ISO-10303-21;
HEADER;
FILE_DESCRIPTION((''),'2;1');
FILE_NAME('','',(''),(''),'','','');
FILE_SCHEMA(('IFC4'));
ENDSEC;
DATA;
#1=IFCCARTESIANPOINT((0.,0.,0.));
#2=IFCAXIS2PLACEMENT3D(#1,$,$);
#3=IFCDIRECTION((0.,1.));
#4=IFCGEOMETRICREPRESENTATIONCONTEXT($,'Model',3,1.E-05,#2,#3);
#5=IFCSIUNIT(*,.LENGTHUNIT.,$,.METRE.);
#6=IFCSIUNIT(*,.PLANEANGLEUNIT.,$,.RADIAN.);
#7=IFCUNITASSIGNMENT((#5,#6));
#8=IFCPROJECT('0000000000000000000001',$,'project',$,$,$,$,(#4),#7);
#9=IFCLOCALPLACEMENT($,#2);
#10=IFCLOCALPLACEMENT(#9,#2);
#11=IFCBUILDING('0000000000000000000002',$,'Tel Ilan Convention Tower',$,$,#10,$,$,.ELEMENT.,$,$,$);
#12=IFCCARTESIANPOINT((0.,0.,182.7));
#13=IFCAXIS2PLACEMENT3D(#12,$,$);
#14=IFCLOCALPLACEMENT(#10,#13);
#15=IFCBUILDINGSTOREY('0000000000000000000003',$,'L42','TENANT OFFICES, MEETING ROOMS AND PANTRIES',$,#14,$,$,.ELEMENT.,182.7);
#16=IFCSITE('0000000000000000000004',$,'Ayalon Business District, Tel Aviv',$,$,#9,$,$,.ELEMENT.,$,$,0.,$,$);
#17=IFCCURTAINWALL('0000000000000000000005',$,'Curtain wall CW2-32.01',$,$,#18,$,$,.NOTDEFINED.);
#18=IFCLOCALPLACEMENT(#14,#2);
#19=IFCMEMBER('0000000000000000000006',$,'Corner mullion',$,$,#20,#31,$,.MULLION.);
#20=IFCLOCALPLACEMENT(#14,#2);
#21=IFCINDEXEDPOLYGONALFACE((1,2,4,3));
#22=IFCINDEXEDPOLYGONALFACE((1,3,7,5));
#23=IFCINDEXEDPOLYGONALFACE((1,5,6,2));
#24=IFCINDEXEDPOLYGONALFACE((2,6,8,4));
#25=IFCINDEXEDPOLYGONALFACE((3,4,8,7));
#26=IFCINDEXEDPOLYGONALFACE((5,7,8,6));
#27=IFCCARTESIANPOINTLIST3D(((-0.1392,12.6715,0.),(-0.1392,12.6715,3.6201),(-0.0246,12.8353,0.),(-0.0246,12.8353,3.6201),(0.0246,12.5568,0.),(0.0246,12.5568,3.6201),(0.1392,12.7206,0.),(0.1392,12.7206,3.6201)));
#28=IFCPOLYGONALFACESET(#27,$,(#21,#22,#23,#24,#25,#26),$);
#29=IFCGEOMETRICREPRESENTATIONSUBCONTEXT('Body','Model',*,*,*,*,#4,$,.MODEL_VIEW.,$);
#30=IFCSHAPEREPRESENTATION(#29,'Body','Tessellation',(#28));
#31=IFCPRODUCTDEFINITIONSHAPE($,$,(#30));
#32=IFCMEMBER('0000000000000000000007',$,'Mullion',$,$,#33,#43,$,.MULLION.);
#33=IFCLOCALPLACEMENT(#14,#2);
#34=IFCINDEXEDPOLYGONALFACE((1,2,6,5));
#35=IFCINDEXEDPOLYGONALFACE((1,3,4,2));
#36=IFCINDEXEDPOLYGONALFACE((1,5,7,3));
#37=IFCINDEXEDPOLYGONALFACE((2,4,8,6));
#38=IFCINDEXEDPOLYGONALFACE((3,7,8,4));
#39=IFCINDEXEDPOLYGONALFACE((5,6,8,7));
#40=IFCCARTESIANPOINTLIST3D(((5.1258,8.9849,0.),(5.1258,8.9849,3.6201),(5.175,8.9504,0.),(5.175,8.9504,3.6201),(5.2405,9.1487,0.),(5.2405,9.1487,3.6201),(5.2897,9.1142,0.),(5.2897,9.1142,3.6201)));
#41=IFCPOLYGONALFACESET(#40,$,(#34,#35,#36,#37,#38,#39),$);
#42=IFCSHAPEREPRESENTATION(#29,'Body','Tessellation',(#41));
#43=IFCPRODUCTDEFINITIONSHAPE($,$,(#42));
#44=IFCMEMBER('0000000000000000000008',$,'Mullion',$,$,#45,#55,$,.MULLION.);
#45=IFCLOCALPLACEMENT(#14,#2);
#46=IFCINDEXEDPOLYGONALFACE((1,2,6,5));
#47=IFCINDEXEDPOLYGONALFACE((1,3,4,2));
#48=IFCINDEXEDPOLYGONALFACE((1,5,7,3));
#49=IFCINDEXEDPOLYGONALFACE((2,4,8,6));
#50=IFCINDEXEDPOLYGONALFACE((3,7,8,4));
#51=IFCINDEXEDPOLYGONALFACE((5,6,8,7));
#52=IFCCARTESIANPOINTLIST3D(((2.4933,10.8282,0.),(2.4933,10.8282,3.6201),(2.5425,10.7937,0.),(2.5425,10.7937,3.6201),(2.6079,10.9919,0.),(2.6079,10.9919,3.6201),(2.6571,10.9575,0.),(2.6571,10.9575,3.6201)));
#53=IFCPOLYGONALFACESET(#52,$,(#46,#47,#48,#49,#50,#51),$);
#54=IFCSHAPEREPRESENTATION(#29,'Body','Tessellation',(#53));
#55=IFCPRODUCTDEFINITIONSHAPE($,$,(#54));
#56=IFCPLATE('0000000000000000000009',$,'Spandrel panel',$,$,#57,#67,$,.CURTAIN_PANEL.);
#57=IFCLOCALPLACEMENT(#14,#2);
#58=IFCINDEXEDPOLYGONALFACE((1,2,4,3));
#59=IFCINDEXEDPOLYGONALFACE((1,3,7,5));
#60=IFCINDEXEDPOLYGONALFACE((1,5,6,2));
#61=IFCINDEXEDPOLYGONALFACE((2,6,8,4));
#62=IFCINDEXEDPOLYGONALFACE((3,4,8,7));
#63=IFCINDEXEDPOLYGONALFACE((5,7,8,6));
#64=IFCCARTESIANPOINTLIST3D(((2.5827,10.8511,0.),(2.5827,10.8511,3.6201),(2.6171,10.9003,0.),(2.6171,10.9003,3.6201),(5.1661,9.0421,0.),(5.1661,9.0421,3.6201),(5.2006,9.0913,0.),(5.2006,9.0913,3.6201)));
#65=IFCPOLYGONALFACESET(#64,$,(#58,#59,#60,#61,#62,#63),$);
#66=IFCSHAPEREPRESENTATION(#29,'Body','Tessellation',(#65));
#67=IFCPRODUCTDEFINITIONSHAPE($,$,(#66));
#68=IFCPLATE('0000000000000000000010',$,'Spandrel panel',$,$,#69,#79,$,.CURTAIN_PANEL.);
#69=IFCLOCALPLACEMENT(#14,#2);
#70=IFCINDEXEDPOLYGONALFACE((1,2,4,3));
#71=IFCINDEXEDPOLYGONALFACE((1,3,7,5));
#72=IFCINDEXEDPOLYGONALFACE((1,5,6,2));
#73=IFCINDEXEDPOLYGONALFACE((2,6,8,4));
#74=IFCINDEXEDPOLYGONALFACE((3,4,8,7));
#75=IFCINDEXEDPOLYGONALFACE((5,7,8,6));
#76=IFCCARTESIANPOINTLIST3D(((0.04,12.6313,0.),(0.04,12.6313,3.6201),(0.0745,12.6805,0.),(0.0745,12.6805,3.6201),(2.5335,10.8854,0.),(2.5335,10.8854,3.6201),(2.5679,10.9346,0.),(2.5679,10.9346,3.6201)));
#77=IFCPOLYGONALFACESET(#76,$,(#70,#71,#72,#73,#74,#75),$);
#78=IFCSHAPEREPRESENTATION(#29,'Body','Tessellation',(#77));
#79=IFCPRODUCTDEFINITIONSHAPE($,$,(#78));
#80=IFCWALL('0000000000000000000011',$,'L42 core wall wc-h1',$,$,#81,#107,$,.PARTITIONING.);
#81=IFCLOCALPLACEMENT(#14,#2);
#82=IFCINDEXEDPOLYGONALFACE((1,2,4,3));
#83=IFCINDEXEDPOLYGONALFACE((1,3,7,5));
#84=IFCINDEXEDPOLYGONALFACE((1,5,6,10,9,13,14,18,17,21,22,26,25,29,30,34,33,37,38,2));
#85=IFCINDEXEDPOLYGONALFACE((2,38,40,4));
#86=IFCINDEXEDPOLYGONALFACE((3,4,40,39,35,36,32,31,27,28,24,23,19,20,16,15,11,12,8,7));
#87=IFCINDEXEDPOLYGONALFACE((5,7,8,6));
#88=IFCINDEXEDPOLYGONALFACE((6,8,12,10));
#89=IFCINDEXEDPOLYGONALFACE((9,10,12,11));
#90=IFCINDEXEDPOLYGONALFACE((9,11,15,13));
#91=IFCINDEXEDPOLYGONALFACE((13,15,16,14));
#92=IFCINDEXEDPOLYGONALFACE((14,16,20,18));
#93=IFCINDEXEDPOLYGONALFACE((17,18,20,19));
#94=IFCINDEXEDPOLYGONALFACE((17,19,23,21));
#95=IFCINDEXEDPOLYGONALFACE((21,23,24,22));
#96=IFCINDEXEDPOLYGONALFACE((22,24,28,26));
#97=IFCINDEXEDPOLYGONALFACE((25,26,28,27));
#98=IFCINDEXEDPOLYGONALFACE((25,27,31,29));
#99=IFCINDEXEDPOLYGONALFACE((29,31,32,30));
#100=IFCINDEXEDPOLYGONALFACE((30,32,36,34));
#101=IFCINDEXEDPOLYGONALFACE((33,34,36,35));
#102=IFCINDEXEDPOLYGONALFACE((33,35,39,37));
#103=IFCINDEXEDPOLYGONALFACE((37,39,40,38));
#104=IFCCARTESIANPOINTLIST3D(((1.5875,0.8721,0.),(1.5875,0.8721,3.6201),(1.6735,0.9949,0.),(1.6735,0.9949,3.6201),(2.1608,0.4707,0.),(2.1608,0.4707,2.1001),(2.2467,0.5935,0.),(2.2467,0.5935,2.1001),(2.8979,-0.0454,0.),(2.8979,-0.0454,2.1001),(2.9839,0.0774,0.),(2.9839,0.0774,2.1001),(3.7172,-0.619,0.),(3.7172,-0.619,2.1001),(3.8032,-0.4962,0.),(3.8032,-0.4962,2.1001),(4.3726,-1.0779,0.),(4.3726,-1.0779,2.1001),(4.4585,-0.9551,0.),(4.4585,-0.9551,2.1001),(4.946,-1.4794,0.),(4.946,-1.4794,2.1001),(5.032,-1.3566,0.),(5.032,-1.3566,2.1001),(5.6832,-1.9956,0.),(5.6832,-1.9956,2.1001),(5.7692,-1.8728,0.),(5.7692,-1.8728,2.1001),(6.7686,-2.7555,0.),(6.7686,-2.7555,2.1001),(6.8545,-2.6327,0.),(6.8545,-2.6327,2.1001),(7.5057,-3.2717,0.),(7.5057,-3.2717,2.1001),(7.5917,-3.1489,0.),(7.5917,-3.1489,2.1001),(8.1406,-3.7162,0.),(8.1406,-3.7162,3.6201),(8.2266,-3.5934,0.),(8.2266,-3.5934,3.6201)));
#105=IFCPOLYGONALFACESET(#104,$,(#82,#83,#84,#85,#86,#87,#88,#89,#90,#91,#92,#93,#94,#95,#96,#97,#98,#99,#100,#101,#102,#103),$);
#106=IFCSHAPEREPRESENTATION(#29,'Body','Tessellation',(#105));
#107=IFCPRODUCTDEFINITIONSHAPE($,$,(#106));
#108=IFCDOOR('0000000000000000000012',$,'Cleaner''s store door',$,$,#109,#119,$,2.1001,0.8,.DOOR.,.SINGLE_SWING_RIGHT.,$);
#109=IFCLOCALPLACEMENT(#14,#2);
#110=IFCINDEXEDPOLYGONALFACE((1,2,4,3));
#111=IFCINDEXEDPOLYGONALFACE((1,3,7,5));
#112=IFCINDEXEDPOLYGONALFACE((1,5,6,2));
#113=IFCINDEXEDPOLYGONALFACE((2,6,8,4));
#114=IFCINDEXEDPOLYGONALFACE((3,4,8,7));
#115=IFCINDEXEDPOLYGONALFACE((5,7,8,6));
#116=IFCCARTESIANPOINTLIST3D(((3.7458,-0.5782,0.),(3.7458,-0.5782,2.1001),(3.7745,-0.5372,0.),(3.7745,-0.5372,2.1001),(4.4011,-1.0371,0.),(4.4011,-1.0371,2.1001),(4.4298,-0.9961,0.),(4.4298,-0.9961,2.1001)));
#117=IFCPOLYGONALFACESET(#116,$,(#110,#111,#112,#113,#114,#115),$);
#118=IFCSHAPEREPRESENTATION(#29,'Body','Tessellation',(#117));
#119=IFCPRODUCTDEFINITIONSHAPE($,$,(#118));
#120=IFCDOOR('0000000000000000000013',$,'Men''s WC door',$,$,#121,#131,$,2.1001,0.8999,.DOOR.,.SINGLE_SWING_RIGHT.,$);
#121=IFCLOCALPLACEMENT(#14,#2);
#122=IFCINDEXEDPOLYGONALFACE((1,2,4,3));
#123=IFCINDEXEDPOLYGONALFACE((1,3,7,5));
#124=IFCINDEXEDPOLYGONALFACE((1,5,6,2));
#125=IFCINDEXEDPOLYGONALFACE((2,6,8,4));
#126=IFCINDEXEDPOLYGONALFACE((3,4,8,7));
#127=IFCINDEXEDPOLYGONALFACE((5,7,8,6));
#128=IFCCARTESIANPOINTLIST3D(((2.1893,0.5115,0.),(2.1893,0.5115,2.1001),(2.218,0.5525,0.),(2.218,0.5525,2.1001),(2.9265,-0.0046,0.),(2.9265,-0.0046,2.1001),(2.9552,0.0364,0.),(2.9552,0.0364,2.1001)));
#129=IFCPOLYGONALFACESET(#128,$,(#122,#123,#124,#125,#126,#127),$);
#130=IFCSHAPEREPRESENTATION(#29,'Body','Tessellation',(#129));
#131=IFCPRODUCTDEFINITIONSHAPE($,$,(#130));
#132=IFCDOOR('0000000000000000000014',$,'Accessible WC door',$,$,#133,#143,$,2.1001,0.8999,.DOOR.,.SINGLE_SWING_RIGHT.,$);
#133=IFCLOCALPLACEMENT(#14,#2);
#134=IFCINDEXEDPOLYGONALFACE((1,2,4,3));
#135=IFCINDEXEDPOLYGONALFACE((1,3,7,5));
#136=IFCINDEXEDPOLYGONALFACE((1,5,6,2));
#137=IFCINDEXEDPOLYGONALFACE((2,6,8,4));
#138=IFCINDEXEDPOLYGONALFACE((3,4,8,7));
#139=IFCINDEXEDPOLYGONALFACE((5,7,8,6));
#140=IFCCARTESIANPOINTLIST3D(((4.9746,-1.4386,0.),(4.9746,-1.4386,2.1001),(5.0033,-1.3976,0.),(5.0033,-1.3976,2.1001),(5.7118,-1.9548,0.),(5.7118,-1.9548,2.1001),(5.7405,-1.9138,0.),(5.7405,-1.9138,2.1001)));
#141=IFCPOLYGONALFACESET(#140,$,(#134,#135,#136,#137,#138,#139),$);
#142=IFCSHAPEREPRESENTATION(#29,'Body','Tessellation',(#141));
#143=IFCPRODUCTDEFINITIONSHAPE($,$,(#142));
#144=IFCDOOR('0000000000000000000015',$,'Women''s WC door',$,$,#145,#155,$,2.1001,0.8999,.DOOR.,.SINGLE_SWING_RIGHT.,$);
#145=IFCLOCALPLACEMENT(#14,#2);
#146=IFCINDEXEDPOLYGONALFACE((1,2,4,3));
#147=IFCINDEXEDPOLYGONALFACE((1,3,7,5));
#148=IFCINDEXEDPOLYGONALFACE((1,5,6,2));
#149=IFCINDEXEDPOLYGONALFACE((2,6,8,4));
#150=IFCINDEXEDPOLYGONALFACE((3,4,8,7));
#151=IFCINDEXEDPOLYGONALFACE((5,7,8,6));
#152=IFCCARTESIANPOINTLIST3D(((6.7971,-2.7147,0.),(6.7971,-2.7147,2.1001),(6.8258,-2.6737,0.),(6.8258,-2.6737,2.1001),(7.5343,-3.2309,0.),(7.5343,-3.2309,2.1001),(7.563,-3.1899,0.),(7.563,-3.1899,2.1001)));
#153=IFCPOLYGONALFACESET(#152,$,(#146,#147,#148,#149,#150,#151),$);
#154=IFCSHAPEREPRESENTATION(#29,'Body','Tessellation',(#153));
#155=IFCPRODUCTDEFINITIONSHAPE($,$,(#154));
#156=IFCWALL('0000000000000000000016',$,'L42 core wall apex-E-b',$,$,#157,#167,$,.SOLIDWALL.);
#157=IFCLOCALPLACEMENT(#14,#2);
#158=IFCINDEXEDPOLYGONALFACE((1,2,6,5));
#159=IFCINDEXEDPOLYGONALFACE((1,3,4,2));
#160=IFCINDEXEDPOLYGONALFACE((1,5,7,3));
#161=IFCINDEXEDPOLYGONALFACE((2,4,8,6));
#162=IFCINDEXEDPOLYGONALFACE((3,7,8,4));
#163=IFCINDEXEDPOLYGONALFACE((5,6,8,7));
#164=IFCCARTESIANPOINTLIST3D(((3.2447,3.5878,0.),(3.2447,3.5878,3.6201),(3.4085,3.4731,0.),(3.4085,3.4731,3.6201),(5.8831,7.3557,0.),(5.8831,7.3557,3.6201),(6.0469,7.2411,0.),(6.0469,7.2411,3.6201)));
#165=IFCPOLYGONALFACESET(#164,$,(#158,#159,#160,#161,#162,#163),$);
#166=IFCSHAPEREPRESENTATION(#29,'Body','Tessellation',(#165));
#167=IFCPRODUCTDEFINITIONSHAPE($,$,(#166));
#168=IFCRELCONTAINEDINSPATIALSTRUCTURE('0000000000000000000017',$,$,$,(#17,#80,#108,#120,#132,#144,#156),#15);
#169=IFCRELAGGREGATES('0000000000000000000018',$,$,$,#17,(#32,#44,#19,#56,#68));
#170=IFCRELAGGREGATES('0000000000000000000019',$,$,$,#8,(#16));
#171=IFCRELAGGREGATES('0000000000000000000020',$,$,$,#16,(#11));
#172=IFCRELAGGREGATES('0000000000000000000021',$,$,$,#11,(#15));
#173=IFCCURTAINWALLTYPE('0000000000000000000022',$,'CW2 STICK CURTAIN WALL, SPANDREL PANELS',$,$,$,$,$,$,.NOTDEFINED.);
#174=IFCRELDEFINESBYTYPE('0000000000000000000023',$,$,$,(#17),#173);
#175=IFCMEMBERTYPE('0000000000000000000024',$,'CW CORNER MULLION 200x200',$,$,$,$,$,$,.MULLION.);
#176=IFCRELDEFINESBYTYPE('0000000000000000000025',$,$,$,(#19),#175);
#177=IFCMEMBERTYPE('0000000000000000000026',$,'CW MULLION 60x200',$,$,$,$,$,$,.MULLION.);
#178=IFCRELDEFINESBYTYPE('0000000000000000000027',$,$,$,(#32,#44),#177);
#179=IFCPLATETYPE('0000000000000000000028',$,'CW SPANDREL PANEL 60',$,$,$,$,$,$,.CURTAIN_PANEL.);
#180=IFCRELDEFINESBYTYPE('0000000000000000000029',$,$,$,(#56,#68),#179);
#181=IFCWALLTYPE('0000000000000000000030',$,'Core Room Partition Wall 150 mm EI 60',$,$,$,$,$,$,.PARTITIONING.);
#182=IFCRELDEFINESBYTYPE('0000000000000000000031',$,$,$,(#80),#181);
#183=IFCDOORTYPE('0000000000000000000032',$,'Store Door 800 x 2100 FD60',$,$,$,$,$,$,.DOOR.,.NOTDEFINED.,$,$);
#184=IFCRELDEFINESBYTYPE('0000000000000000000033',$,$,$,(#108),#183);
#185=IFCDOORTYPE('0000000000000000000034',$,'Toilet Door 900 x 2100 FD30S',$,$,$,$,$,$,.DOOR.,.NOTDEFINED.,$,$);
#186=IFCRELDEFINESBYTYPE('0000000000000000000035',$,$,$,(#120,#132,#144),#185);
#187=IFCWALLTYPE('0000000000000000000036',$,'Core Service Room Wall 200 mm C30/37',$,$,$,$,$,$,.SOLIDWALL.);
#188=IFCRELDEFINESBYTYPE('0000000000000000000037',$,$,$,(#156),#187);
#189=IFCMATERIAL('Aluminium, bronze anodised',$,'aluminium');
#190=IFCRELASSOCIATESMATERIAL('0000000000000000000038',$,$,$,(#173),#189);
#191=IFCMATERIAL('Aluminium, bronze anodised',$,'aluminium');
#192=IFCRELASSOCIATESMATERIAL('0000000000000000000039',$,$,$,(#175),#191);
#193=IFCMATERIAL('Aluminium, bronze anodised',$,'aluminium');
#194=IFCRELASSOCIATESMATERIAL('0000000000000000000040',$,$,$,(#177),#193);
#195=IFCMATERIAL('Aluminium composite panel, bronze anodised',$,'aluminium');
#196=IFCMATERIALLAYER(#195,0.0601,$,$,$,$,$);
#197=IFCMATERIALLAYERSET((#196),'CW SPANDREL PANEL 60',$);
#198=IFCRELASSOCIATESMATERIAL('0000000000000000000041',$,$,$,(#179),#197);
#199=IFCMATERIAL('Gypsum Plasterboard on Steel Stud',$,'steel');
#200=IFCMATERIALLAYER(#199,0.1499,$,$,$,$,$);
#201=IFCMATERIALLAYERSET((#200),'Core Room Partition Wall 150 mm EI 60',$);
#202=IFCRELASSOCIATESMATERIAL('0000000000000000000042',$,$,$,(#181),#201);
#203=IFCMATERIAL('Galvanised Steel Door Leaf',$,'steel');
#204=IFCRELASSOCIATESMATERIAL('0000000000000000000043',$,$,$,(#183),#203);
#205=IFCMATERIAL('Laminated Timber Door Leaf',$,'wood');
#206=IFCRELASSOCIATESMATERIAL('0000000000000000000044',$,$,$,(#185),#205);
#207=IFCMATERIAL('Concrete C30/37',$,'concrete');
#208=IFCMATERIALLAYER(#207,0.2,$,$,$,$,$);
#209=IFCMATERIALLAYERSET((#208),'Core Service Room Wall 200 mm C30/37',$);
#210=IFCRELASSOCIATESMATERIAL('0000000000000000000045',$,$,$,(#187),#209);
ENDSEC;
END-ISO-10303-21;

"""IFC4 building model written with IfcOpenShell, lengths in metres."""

from ifc_helpers import new_model, si_unit, direction, frame, frame_2d, origin, origin_2d, place, context, subcontext, project, spatial, rectangle, extrude, material, layer, layer_set, material_profile, profile_set, type_object, element, fill, aggregate, save


model = new_model("IFC4")

# Units and contexts
model_context = context("Model", 3, precision=1e-05, world=origin(), true_north=direction((0.0, 1.0)))
body_context = subcontext(model_context, "Body", "Model", "MODEL_VIEW")
ifc_project = project(units=[si_unit("LENGTHUNIT", "METRE"), si_unit("PLANEANGLEUNIT", "RADIAN")], contexts=[model_context])

# Site, building, storey
site_placement = place(None, origin())
site = spatial("IfcSite", under=ifc_project, at=site_placement, Name="Ayalon Business District, Tel Aviv", CompositionType="ELEMENT", RefElevation=0.0)
building_placement = place(site_placement, origin())
building = spatial("IfcBuilding", under=site, at=building_placement, Name="Tel Ilan Convention Tower", CompositionType="ELEMENT")
storey_placement = place(building_placement, frame((0.0, 0.0, 182.7)))
storey = spatial("IfcBuildingStorey", under=building, at=storey_placement, Name="L42", Description="TENANT OFFICES, MEETING ROOMS AND PANTRIES", CompositionType="ELEMENT", Elevation=182.7)

# Curtain wall, members, plates
ifc_material_1 = material(Name="Aluminium, bronze anodised", Category="aluminium")
curtain_wall_type = type_object("IfcCurtainWallType", Name="CW2 STICK CURTAIN WALL, SPANDREL PANELS", PredefinedType="NOTDEFINED", material=ifc_material_1)
curtain_wall_placement = place(storey_placement, origin())
curtain_wall = element("IfcCurtainWall", 1, at=curtain_wall_placement, inside=storey, type_object=curtain_wall_type, Name="Curtain wall CW2-32.01", PredefinedType="NOTDEFINED")
ifc_material_2 = material(Name="Aluminium, bronze anodised", Category="aluminium")
ifc_material_profile_1 = material_profile(ifc_material_2, rectangle(XDim=0.2, YDim=0.2, at=origin_2d()), Name="CW CORNER MULLION 200x200")
ifc_profile_set_1 = profile_set([ifc_material_profile_1], Name="Aluminium, bronze anodised")
member_type_1 = type_object("IfcMemberType", Name="CW CORNER MULLION 200x200", PredefinedType="MULLION", material=ifc_profile_set_1)
member_1_placement = place(storey_placement, frame((0.0, 12.696, 0.0), z_axis=(0.0, 0.0, 1.0), x_axis=(-0.819152, 0.573576, 0.0)))
member_1 = element("IfcMember", 2, at=member_1_placement, type_object=member_type_1, Name="Corner mullion", PredefinedType="MULLION", context=body_context, shape_type="SweptSolid", body=[
    extrude(rectangle(XDim=0.2, YDim=0.2, at=origin_2d()), origin(), (0.0, 0.0, 1.0), 3.6201),
])
ifc_material_3 = material(Name="Aluminium, bronze anodised", Category="aluminium")
ifc_material_profile_2 = material_profile(ifc_material_3, rectangle(XDim=0.0601, YDim=0.2, at=origin_2d()), Name="CW MULLION 60x200")
ifc_profile_set_2 = profile_set([ifc_material_profile_2], Name="Aluminium, bronze anodised")
member_type_2 = type_object("IfcMemberType", Name="CW MULLION 60x200", PredefinedType="MULLION", material=ifc_profile_set_2)
member_2_placement = place(storey_placement, frame((5.2078, 9.0496, 0.0), z_axis=(0.0, 0.0, 1.0), x_axis=(-0.819152, 0.573576, 0.0)))
member_2 = element("IfcMember", 3, at=member_2_placement, type_object=member_type_2, Name="Mullion", PredefinedType="MULLION", context=body_context, shape_type="SweptSolid", body=[
    extrude(rectangle(XDim=0.0601, YDim=0.2, at=origin_2d()), origin(), (0.0, 0.0, 1.0), 3.6201),
])
member_3_placement = place(storey_placement, frame((2.5752, 10.8928, 0.0), z_axis=(0.0, 0.0, 1.0), x_axis=(-0.819152, 0.573576, 0.0)))
member_3 = element("IfcMember", 4, at=member_3_placement, type_object=member_type_2, Name="Mullion", PredefinedType="MULLION", context=body_context, shape_type="SweptSolid", body=[
    extrude(rectangle(XDim=0.0601, YDim=0.2, at=origin_2d()), origin(), (0.0, 0.0, 1.0), 3.6201),
])
ifc_material_4 = material(Name="Aluminium composite panel, bronze anodised", Category="aluminium")
ifc_layer_1 = layer(ifc_material_4, 0.0601)
ifc_layer_set_1 = layer_set([ifc_layer_1], Name="CW SPANDREL PANEL 60")
plate_type = type_object("IfcPlateType", Name="CW SPANDREL PANEL 60", PredefinedType="CURTAIN_PANEL", material=ifc_layer_set_1)
plate_1_placement = place(storey_placement, frame((3.8916, 9.9712, 0.0), z_axis=(0.0, 0.0, 1.0), x_axis=(-0.819152, 0.573576, 0.0)))
plate_1 = element("IfcPlate", 5, at=plate_1_placement, type_object=plate_type, Name="Spandrel panel", PredefinedType="CURTAIN_PANEL", context=body_context, shape_type="SweptSolid", body=[
    extrude(rectangle(XDim=3.1538, YDim=0.0601, at=origin_2d()), origin(), (0.0, 0.0, 1.0), 3.6201),
])
plate_2_placement = place(storey_placement, frame((1.304, 11.783, 0.0), z_axis=(0.0, 0.0, 1.0), x_axis=(-0.819152, 0.573576, 0.0)))
plate_2 = element("IfcPlate", 6, at=plate_2_placement, type_object=plate_type, Name="Spandrel panel", PredefinedType="CURTAIN_PANEL", context=body_context, shape_type="SweptSolid", body=[
    extrude(rectangle(XDim=3.0439, YDim=0.0601, at=origin_2d()), origin(), (0.0, 0.0, 1.0), 3.6201),
])
aggregate(curtain_wall, [member_2, member_3, member_1, plate_1, plate_2])

# Wall, openings, doors
ifc_material_5 = material(Name="Gypsum Plasterboard on Steel Stud", Category="steel")
ifc_layer_2 = layer(ifc_material_5, 0.1499)
ifc_layer_set_2 = layer_set([ifc_layer_2], Name="Core Room Partition Wall 150 mm EI 60")
wall_type_1 = type_object("IfcWallType", Name="Core Room Partition Wall 150 mm EI 60", PredefinedType="PARTITIONING", material=ifc_layer_set_2)
wall_1_placement = place(storey_placement, frame((1.6304, 0.9336, 0.0), z_axis=(0.0, 0.0, 1.0), x_axis=(0.819166, -0.573557, 0.0)))
wall_1 = element("IfcWall", 7, at=wall_1_placement, inside=storey, type_object=wall_type_1, Name="L42 core wall wc-h1", PredefinedType="PARTITIONING", context=body_context, shape_type="SweptSolid", body=[
    extrude(rectangle(XDim=7.9998, YDim=0.1499, at=frame_2d((4.0, 0.0))), origin(), (0.0, 0.0, 1.0), 3.6201),
])
opening_1_placement = place(wall_1_placement, frame((0.7, 0.0, 0.0)))
opening_1 = element("IfcOpeningElement", 8, at=opening_1_placement, cuts=wall_1, PredefinedType="OPENING", context=body_context, shape_type="SweptSolid", body=[
    extrude(rectangle(XDim=0.8999, YDim=2.1001, at=frame_2d((0.45, 1.05))), frame((0.0, 0.085, 0.0), z_axis=(0.0, -1.0, 0.0), x_axis=(1.0, 0.0, 0.0)), (0.0, 0.0, 1.0), 0.1699),
])
opening_2_placement = place(wall_1_placement, frame((2.6001, 0.0, 0.0)))
opening_2 = element("IfcOpeningElement", 9, at=opening_2_placement, cuts=wall_1, PredefinedType="OPENING", context=body_context, shape_type="SweptSolid", body=[
    extrude(rectangle(XDim=0.8, YDim=2.1001, at=frame_2d((0.3999, 1.05))), frame((0.0, 0.085, 0.0), z_axis=(0.0, -1.0, 0.0), x_axis=(1.0, 0.0, 0.0)), (0.0, 0.0, 1.0), 0.1699),
])
opening_3_placement = place(wall_1_placement, frame((4.1001, 0.0, 0.0)))
opening_3 = element("IfcOpeningElement", 10, at=opening_3_placement, cuts=wall_1, PredefinedType="OPENING", context=body_context, shape_type="SweptSolid", body=[
    extrude(rectangle(XDim=0.8999, YDim=2.1001, at=frame_2d((0.45, 1.05))), frame((0.0, 0.085, 0.0), z_axis=(0.0, -1.0, 0.0), x_axis=(1.0, 0.0, 0.0)), (0.0, 0.0, 1.0), 0.1699),
])
opening_4_placement = place(wall_1_placement, frame((6.325, 0.0, 0.0)))
opening_4 = element("IfcOpeningElement", 11, at=opening_4_placement, cuts=wall_1, PredefinedType="OPENING", context=body_context, shape_type="SweptSolid", body=[
    extrude(rectangle(XDim=0.8999, YDim=2.1001, at=frame_2d((0.45, 1.05))), frame((0.0, 0.085, 0.0), z_axis=(0.0, -1.0, 0.0), x_axis=(1.0, 0.0, 0.0)), (0.0, 0.0, 1.0), 0.1699),
])
ifc_material_6 = material(Name="Galvanised Steel Door Leaf", Category="steel")
door_type_1 = type_object("IfcDoorType", Name="Store Door 800 x 2100 FD60", OperationType="NOTDEFINED", PredefinedType="DOOR", material=ifc_material_6)
door_1_placement = place(opening_2_placement, origin())
door_1 = element("IfcDoor", 12, at=door_1_placement, inside=storey, type_object=door_type_1, Name="Cleaner's store door", OperationType="SINGLE_SWING_RIGHT", OverallHeight=2.1001, OverallWidth=0.8, PredefinedType="DOOR", context=body_context, shape_type="SweptSolid", body=[
    extrude(rectangle(XDim=0.8, YDim=2.1001, at=frame_2d((0.3999, 1.05))), frame((0.0, 0.0249, 0.0), z_axis=(0.0, -1.0, 0.0), x_axis=(1.0, 0.0, 0.0)), (0.0, 0.0, 1.0), 0.05),
])
fill(opening_2, door_1)
ifc_material_7 = material(Name="Laminated Timber Door Leaf", Category="wood")
door_type_2 = type_object("IfcDoorType", Name="Toilet Door 900 x 2100 FD30S", OperationType="NOTDEFINED", PredefinedType="DOOR", material=ifc_material_7)
door_2_placement = place(opening_1_placement, origin())
door_2 = element("IfcDoor", 13, at=door_2_placement, inside=storey, type_object=door_type_2, Name="Men's WC door", OperationType="SINGLE_SWING_RIGHT", OverallHeight=2.1001, OverallWidth=0.8999, PredefinedType="DOOR", context=body_context, shape_type="SweptSolid", body=[
    extrude(rectangle(XDim=0.8999, YDim=2.1001, at=frame_2d((0.45, 1.05))), frame((0.0, 0.0249, 0.0), z_axis=(0.0, -1.0, 0.0), x_axis=(1.0, 0.0, 0.0)), (0.0, 0.0, 1.0), 0.05),
])
fill(opening_1, door_2)
door_3_placement = place(opening_3_placement, origin())
door_3 = element("IfcDoor", 14, at=door_3_placement, inside=storey, type_object=door_type_2, Name="Accessible WC door", OperationType="SINGLE_SWING_RIGHT", OverallHeight=2.1001, OverallWidth=0.8999, PredefinedType="DOOR", context=body_context, shape_type="SweptSolid", body=[
    extrude(rectangle(XDim=0.8999, YDim=2.1001, at=frame_2d((0.45, 1.05))), frame((0.0, 0.0249, 0.0), z_axis=(0.0, -1.0, 0.0), x_axis=(1.0, 0.0, 0.0)), (0.0, 0.0, 1.0), 0.05),
])
fill(opening_3, door_3)
door_4_placement = place(opening_4_placement, origin())
door_4 = element("IfcDoor", 15, at=door_4_placement, inside=storey, type_object=door_type_2, Name="Women's WC door", OperationType="SINGLE_SWING_RIGHT", OverallHeight=2.1001, OverallWidth=0.8999, PredefinedType="DOOR", context=body_context, shape_type="SweptSolid", body=[
    extrude(rectangle(XDim=0.8999, YDim=2.1001, at=frame_2d((0.45, 1.05))), frame((0.0, 0.0249, 0.0), z_axis=(0.0, -1.0, 0.0), x_axis=(1.0, 0.0, 0.0)), (0.0, 0.0, 1.0), 0.05),
])
fill(opening_4, door_4)

# Wall
ifc_material_8 = material(Name="Concrete C30/37", Category="concrete")
ifc_layer_3 = layer(ifc_material_8, 0.2)
ifc_layer_set_3 = layer_set([ifc_layer_3], Name="Core Service Room Wall 200 mm C30/37")
wall_type_2 = type_object("IfcWallType", Name="Core Service Room Wall 200 mm C30/37", PredefinedType="SOLIDWALL", material=ifc_layer_set_3)
wall_2_placement = place(storey_placement, frame((3.3267, 3.5305, 0.0), z_axis=(0.0, 0.0, 1.0), x_axis=(0.573576, 0.819152, 0.0)))
element("IfcWall", 16, at=wall_2_placement, inside=storey, type_object=wall_type_2, Name="L42 core wall apex-E-b", PredefinedType="SOLIDWALL", context=body_context, shape_type="SweptSolid", body=[
    extrude(rectangle(XDim=4.5999, YDim=0.2, at=frame_2d((2.2998, 0.0))), origin(), (0.0, 0.0, 1.0), 3.6201),
])

save(model, "model.ifc")
